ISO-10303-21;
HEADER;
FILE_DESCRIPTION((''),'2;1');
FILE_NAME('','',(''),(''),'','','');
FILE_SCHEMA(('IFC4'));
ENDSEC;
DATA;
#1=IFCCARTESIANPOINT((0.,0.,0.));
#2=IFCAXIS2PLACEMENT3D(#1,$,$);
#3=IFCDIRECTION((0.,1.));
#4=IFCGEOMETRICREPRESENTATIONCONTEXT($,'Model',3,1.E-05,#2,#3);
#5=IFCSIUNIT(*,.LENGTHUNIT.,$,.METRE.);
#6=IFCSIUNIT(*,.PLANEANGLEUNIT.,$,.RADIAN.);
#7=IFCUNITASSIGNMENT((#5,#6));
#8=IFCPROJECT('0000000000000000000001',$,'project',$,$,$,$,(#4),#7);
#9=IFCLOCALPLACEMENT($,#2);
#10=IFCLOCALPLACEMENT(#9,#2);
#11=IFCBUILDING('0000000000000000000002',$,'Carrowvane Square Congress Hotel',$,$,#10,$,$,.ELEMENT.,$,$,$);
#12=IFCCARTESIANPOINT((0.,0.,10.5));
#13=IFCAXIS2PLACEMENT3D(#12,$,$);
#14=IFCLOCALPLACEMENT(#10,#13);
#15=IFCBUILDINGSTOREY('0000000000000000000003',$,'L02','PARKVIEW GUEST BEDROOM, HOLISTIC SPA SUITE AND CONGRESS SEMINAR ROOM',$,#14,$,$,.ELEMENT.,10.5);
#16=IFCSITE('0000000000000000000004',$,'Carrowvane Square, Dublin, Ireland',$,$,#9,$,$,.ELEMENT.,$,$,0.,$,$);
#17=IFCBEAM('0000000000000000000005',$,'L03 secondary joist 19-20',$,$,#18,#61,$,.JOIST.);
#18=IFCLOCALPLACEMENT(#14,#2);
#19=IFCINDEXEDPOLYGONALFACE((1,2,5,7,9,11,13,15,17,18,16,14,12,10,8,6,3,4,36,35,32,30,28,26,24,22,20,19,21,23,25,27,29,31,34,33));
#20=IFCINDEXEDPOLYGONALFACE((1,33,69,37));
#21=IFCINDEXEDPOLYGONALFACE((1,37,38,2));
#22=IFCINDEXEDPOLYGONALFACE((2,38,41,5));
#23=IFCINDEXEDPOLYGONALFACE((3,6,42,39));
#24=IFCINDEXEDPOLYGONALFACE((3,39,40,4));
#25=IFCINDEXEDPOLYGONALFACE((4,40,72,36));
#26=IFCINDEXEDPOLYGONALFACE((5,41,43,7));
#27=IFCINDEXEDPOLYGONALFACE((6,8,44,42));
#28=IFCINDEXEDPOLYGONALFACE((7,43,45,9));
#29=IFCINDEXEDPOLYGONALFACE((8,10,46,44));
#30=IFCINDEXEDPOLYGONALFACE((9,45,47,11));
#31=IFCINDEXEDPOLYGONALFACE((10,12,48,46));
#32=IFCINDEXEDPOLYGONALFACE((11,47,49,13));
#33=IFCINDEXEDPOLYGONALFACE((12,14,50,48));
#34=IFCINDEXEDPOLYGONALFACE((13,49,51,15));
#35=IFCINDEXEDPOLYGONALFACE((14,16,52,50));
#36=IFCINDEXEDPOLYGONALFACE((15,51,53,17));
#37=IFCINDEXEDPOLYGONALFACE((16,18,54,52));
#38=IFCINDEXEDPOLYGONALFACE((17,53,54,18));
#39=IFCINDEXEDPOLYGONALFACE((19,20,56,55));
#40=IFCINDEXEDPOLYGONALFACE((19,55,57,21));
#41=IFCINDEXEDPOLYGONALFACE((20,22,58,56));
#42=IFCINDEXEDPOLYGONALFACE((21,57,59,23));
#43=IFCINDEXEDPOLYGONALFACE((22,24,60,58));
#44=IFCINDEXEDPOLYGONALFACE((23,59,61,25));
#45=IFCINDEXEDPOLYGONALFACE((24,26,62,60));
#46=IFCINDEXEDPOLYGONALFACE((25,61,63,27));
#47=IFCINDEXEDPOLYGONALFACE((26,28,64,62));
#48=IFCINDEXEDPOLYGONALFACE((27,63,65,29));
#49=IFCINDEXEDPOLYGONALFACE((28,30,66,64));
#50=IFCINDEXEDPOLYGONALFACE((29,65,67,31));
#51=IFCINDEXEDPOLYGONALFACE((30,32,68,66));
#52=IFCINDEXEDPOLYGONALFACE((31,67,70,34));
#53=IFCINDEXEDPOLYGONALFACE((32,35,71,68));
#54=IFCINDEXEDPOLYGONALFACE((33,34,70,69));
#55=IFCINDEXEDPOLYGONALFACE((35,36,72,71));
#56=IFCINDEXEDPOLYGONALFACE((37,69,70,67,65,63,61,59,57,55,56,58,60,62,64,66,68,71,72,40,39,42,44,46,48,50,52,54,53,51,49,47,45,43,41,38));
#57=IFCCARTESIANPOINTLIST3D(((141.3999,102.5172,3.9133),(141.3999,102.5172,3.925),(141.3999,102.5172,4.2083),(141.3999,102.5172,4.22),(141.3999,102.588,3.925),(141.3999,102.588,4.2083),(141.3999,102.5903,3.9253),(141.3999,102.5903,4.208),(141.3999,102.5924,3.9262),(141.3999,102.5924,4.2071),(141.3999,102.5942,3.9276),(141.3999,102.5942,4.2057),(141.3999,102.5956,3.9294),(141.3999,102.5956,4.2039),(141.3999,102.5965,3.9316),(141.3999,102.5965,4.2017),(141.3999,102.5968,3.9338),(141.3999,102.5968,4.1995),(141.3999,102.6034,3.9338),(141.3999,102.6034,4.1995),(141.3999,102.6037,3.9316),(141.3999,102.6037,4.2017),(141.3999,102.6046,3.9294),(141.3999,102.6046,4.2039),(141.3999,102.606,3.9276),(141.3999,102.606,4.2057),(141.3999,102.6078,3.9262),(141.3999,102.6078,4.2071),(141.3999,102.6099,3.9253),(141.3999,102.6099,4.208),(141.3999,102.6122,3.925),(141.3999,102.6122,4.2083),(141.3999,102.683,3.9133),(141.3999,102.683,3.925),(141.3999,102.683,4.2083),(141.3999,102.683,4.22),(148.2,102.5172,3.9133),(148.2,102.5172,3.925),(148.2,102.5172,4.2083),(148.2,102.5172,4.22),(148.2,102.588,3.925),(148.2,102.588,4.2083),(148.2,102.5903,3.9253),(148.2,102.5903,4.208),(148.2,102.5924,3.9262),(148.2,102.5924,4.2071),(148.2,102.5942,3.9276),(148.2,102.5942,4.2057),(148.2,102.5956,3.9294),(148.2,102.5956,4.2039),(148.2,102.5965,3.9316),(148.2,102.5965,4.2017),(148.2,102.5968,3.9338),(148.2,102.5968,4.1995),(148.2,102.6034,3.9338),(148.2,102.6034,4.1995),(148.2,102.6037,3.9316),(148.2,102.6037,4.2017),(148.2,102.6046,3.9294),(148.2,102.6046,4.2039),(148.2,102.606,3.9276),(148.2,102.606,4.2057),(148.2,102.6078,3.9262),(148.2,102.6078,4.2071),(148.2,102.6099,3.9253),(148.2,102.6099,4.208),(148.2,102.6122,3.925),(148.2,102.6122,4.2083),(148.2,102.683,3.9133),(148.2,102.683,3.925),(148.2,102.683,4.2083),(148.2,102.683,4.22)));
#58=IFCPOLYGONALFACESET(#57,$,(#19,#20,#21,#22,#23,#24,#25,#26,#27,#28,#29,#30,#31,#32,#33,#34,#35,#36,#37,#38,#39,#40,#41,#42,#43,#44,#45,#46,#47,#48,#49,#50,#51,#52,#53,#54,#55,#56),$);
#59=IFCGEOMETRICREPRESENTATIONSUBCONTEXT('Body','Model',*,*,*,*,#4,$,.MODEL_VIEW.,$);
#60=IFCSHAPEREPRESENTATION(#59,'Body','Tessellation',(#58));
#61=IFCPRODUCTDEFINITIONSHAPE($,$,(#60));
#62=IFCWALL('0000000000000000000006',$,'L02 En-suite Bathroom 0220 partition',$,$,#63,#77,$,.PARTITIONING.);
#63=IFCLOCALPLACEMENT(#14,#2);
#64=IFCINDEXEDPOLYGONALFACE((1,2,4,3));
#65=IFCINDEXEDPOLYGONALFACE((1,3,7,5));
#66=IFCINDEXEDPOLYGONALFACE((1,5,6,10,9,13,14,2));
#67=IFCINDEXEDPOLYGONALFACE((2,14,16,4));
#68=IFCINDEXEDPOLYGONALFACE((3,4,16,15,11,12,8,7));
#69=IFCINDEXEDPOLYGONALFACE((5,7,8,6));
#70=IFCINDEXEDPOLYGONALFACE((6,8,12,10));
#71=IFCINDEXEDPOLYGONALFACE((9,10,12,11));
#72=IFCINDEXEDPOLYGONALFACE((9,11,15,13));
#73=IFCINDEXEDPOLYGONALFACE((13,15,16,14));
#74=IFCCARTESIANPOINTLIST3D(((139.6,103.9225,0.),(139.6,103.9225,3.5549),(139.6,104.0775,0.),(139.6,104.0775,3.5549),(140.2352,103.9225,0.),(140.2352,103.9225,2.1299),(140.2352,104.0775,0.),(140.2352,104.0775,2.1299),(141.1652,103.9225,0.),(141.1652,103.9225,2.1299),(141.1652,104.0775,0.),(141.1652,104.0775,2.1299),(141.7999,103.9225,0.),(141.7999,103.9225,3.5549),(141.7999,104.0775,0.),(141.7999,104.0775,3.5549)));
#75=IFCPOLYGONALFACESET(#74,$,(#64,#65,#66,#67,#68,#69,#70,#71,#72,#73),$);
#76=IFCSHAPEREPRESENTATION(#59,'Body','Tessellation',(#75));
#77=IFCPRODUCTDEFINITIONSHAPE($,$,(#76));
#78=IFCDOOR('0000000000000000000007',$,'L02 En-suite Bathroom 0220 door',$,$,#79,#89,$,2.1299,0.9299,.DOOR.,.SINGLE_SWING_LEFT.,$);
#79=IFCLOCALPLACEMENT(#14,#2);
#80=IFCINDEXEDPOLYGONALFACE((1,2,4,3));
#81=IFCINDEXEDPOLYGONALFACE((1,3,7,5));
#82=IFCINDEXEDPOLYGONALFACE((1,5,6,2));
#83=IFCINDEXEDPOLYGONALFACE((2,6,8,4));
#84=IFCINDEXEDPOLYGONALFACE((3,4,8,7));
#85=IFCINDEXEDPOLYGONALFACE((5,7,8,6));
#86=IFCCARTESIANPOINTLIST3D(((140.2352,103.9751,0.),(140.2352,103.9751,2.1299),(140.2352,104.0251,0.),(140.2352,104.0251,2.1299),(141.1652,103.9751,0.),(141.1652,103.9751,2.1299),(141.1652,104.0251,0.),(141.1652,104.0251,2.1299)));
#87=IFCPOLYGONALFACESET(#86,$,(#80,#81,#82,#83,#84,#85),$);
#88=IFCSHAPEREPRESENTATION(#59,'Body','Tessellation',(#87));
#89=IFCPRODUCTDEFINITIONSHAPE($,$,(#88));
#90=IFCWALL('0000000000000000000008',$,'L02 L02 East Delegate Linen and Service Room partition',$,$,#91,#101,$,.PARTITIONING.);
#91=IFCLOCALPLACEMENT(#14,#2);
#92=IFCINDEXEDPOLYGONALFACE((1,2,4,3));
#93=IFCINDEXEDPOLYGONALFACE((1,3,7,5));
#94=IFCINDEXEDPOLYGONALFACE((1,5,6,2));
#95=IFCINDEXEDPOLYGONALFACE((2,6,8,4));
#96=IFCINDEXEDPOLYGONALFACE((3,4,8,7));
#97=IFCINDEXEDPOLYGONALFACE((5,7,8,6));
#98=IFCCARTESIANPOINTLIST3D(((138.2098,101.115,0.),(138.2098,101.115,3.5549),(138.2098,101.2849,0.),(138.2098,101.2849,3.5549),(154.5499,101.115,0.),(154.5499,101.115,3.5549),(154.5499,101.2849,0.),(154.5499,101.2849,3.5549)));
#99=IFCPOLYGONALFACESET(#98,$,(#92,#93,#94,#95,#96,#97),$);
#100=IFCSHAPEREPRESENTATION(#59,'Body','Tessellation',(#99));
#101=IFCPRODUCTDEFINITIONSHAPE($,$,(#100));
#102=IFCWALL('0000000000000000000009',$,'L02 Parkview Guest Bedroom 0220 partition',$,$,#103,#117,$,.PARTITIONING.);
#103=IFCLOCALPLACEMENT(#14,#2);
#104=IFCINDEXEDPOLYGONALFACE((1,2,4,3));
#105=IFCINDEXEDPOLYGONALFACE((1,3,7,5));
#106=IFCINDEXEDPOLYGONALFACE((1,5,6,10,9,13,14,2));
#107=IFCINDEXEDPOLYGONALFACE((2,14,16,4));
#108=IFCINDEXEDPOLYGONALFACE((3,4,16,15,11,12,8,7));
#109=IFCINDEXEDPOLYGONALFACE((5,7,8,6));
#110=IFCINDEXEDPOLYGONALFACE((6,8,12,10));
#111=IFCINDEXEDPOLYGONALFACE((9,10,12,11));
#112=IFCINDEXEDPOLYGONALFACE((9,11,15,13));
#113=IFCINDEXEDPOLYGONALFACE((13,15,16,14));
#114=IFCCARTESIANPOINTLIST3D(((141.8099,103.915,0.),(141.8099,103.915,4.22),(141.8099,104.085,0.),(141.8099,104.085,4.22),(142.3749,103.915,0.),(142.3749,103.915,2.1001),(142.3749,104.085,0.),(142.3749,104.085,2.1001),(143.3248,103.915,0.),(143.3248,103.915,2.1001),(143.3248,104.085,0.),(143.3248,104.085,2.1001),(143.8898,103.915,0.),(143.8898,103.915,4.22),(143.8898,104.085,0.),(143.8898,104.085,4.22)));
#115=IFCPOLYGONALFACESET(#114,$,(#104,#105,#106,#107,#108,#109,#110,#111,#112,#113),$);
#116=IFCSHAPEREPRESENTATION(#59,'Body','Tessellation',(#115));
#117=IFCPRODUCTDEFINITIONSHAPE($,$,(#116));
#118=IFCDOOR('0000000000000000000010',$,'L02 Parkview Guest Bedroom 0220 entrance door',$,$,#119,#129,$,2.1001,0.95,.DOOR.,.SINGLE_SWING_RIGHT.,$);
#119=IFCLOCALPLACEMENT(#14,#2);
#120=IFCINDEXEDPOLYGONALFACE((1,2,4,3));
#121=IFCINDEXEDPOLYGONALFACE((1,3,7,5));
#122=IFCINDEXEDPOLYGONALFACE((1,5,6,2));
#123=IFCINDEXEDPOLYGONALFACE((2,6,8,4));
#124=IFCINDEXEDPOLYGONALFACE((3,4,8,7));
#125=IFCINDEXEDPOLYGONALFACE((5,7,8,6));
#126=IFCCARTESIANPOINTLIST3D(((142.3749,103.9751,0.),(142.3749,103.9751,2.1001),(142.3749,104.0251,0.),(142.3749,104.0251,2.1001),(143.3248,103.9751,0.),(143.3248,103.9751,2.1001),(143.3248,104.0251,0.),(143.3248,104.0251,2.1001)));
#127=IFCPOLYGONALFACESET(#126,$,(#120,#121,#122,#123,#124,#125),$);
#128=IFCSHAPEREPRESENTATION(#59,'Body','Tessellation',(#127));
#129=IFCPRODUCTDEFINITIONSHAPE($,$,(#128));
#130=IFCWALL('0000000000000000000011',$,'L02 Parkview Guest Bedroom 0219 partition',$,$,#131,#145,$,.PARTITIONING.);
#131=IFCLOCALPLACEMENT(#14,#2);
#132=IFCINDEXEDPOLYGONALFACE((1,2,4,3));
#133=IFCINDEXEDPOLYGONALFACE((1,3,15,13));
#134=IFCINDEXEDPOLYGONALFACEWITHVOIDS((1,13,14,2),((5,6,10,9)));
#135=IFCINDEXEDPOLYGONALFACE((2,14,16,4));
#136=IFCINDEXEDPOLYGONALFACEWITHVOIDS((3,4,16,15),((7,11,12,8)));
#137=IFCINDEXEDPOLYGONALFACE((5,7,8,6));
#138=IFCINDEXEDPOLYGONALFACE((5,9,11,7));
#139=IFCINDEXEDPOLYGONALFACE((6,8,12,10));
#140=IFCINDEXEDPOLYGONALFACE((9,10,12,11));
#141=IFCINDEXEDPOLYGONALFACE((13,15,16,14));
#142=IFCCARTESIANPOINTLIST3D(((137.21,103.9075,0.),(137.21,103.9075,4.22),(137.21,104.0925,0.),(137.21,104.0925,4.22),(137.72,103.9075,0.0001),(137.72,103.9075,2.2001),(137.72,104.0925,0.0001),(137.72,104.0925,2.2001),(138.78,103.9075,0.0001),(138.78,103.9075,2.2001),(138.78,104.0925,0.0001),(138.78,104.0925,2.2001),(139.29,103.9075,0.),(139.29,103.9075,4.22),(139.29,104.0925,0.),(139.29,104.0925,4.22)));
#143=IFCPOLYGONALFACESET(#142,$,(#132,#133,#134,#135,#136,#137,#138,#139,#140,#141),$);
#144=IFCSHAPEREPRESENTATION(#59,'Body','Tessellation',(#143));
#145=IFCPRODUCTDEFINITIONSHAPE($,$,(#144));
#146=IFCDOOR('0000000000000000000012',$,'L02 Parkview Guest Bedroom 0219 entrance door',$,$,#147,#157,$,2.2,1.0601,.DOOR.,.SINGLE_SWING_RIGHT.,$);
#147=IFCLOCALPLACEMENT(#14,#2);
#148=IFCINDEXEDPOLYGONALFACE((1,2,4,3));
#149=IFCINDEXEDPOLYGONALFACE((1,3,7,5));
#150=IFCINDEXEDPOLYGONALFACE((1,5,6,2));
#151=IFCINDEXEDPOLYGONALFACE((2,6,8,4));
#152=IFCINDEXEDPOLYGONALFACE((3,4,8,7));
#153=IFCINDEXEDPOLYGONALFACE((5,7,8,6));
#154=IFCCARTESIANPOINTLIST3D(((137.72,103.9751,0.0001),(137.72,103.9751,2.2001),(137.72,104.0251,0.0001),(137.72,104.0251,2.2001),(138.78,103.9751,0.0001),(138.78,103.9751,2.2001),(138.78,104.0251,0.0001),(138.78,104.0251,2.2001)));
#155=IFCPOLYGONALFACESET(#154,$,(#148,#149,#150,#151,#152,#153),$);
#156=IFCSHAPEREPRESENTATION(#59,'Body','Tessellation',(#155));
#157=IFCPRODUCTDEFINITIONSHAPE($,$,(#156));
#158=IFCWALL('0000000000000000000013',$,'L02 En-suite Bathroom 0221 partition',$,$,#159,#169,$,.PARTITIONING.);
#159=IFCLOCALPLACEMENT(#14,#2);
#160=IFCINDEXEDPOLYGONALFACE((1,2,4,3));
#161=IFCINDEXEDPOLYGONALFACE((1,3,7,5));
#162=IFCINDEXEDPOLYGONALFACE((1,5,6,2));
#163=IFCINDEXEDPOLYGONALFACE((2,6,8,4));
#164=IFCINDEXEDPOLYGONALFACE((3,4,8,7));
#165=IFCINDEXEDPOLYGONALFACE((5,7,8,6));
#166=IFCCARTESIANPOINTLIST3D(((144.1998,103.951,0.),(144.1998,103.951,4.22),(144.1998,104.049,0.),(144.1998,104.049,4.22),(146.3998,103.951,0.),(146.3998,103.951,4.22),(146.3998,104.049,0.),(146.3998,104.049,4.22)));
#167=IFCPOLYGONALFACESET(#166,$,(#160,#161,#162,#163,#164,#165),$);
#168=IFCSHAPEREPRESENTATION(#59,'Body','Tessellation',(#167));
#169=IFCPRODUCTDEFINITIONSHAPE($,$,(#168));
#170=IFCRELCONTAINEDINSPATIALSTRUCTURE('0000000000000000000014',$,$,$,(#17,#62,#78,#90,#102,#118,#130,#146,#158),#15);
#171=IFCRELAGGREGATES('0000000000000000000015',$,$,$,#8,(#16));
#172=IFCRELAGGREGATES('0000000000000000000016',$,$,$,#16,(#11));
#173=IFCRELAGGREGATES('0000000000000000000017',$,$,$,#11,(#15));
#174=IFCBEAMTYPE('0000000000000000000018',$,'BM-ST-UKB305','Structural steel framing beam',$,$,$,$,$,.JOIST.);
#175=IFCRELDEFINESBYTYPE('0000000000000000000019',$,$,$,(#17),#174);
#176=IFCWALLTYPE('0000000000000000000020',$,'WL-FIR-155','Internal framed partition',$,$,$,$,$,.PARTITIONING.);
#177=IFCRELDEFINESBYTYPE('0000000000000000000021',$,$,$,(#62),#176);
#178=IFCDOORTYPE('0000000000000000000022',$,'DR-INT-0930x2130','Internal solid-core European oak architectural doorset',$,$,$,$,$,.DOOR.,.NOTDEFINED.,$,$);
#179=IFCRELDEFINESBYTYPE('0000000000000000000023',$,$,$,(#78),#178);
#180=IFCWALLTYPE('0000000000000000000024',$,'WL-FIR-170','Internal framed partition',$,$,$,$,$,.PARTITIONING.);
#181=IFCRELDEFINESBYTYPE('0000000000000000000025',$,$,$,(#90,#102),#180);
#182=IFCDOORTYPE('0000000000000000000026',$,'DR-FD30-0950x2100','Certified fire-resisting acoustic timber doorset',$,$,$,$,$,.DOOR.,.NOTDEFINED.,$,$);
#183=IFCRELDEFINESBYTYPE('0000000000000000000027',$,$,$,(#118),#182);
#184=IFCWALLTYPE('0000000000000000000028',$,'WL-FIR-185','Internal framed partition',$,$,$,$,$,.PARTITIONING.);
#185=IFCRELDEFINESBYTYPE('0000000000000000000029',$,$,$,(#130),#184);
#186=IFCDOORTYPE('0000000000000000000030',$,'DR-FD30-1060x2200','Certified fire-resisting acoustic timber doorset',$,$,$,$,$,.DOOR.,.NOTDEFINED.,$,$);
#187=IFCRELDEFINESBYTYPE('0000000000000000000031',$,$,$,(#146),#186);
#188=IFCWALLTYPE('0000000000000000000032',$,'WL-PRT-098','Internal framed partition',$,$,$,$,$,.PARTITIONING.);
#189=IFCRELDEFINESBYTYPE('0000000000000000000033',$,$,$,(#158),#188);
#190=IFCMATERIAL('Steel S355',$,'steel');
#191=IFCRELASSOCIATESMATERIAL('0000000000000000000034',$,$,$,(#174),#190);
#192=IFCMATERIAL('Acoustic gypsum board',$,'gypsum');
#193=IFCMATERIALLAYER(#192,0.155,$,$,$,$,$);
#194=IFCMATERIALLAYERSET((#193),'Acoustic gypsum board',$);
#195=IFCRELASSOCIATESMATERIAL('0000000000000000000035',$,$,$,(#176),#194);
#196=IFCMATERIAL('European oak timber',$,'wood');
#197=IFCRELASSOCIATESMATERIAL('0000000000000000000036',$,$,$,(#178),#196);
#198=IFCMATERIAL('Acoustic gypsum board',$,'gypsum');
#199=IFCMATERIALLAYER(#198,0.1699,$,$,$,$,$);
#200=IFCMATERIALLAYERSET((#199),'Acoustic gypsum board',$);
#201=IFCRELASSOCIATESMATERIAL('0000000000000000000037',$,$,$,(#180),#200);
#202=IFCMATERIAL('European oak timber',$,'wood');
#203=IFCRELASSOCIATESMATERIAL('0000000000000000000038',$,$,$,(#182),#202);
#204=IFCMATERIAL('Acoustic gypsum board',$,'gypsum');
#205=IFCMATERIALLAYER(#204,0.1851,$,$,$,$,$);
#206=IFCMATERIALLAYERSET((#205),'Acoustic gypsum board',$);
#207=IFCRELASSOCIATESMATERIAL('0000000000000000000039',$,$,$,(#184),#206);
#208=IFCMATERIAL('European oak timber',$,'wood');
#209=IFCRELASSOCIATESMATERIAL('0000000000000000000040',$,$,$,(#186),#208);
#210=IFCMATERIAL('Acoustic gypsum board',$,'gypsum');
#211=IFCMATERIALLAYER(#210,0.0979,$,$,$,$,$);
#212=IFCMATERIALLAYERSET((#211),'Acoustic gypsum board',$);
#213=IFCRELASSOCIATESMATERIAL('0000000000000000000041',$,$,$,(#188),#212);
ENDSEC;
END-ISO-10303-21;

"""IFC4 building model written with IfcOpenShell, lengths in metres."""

from ifc_helpers import new_model, si_unit, direction, frame, frame_2d, origin, origin_2d, place, context, subcontext, project, spatial, rectangle, i_section, extrude, material, layer, layer_set, material_profile, profile_set, type_object, element, fill, save


model = new_model("IFC4")

# Units and contexts
model_context = context("Model", 3, precision=1e-05, world=origin(), true_north=direction((0.0, 1.0)))
body_context = subcontext(model_context, "Body", "Model", "MODEL_VIEW")
ifc_project = project(units=[si_unit("LENGTHUNIT", "METRE"), si_unit("PLANEANGLEUNIT", "RADIAN")], contexts=[model_context])

# Site, building, storey
site_placement = place(None, origin())
site = spatial("IfcSite", under=ifc_project, at=site_placement, Name="Carrowvane Square, Dublin, Ireland", CompositionType="ELEMENT", RefElevation=0.0)
building_placement = place(site_placement, origin())
building = spatial("IfcBuilding", under=site, at=building_placement, Name="Carrowvane Square Congress Hotel", CompositionType="ELEMENT")
storey_placement = place(building_placement, frame((0.0, 0.0, 10.5)))
storey = spatial("IfcBuildingStorey", under=building, at=storey_placement, Name="L02", Description="PARKVIEW GUEST BEDROOM, HOLISTIC SPA SUITE AND CONGRESS SEMINAR ROOM", CompositionType="ELEMENT", Elevation=10.5)

# Beam
ifc_material_1 = material(Name="Steel S355", Category="steel")
ifc_material_profile_1 = material_profile(ifc_material_1, i_section(OverallWidth=0.1658, OverallDepth=0.3066, WebThickness=0.0066, FlangeThickness=0.0117, FilletRadius=0.0088, at=origin_2d()), Name="UKB 305x165x46")
ifc_profile_set_1 = profile_set([ifc_material_profile_1], Name="Steel S355")
beam_type_1 = type_object("IfcBeamType", Name="BM-ST-UKB305", Description="Structural steel framing beam", PredefinedType="JOIST", material=ifc_profile_set_1)
for number, where, z_axis, x_axis, name in (
    (1, (141.3999, 102.6001, 4.0667), (1.0, 0.0, 0.0), (0.0, 1.0, 0.0), "L03 secondary joist 19-20"),
):
    element("IfcBeam", number, at=place(storey_placement, frame(where, z_axis=z_axis, x_axis=x_axis)), inside=storey, type_object=beam_type_1, Name=name, PredefinedType="JOIST", context=body_context, shape_type="SweptSolid", body=[
        extrude(i_section(OverallWidth=0.1658, OverallDepth=0.3066, WebThickness=0.0066, FlangeThickness=0.0117, FilletRadius=0.0088, at=origin_2d()), origin(), (0.0, 0.0, 1.0), 6.8),
    ])

# Wall, opening, door
ifc_material_2 = material(Name="Acoustic gypsum board", Category="gypsum")
ifc_layer_1 = layer(ifc_material_2, 0.155)
ifc_layer_set_1 = layer_set([ifc_layer_1], Name="Acoustic gypsum board")
wall_type_1 = type_object("IfcWallType", Name="WL-FIR-155", Description="Internal framed partition", PredefinedType="PARTITIONING", material=ifc_layer_set_1)
wall_1_placement = place(storey_placement, frame((141.8, 104.0, 0.0), z_axis=(0.0, 0.0, 1.0), x_axis=(-1.0, 0.0, 0.0)))
wall_1 = element("IfcWall", 2, at=wall_1_placement, inside=storey, type_object=wall_type_1, Name="L02 En-suite Bathroom 0220 partition", PredefinedType="PARTITIONING", context=body_context, shape_type="SweptSolid", body=[
    extrude(rectangle(XDim=2.2, YDim=0.155, at=frame_2d((1.1001, 0.0))), origin(), (0.0, 0.0, 1.0), 3.5549),
])
opening_1_placement = place(wall_1_placement, frame((0.635, 0.0, 0.0)))
opening_1 = element("IfcOpeningElement", 3, at=opening_1_placement, cuts=wall_1, PredefinedType="OPENING", context=body_context, shape_type="SweptSolid", body=[
    extrude(rectangle(XDim=0.9299, YDim=2.1299, at=frame_2d((0.4648, 1.0649))), frame((0.0, 0.0874, 0.0), z_axis=(0.0, -1.0, 0.0), x_axis=(1.0, 0.0, 0.0)), (0.0, 0.0, 1.0), 0.175),
])
ifc_material_3 = material(Name="European oak timber", Category="wood")
door_type_1 = type_object("IfcDoorType", Name="DR-INT-0930x2130", Description="Internal solid-core European oak architectural doorset", OperationType="NOTDEFINED", PredefinedType="DOOR", material=ifc_material_3)
door_1_placement = place(opening_1_placement, origin())
door_1 = element("IfcDoor", 4, at=door_1_placement, inside=storey, type_object=door_type_1, Name="L02 En-suite Bathroom 0220 door", OperationType="SINGLE_SWING_LEFT", OverallHeight=2.1299, OverallWidth=0.9299, PredefinedType="DOOR", context=body_context, shape_type="SweptSolid", body=[
    extrude(rectangle(XDim=0.9299, YDim=2.1299, at=frame_2d((0.4648, 1.0649))), frame((0.0, 0.0249, 0.0), z_axis=(0.0, -1.0, 0.0), x_axis=(1.0, 0.0, 0.0)), (0.0, 0.0, 1.0), 0.05),
])
fill(opening_1, door_1)

# Wall
ifc_material_4 = material(Name="Acoustic gypsum board", Category="gypsum")
ifc_layer_2 = layer(ifc_material_4, 0.1699)
ifc_layer_set_2 = layer_set([ifc_layer_2], Name="Acoustic gypsum board")
wall_type_2 = type_object("IfcWallType", Name="WL-FIR-170", Description="Internal framed partition", PredefinedType="PARTITIONING", material=ifc_layer_set_2)
wall_2_placement = place(storey_placement, frame((138.21, 101.2, 0.0), z_axis=(0.0, 0.0, 1.0), x_axis=(1.0, 0.0, 0.0)))
element("IfcWall", 5, at=wall_2_placement, inside=storey, type_object=wall_type_2, Name="L02 L02 East Delegate Linen and Service Room partition", PredefinedType="PARTITIONING", context=body_context, shape_type="SweptSolid", body=[
    extrude(rectangle(XDim=16.3401, YDim=0.1699, at=frame_2d((8.1699, 0.0))), origin(), (0.0, 0.0, 1.0), 3.5549),
])

# Walls, openings, doors
wall_3_placement = place(storey_placement, frame((143.8899, 104.0, 0.0), z_axis=(0.0, 0.0, 1.0), x_axis=(-1.0, 0.0, 0.0)))
wall_3 = element("IfcWall", 6, at=wall_3_placement, inside=storey, type_object=wall_type_2, Name="L02 Parkview Guest Bedroom 0220 partition", PredefinedType="PARTITIONING", context=body_context, shape_type="SweptSolid", body=[
    extrude(rectangle(XDim=2.0798, YDim=0.1699, at=frame_2d((1.04, 0.0))), origin(), (0.0, 0.0, 1.0), 4.22),
])
opening_2_placement = place(wall_3_placement, frame((0.5649, 0.0, 0.0)))
opening_2 = element("IfcOpeningElement", 7, at=opening_2_placement, cuts=wall_3, PredefinedType="OPENING", context=body_context, shape_type="SweptSolid", body=[
    extrude(rectangle(XDim=0.95, YDim=2.1001, at=frame_2d((0.4751, 1.05))), frame((0.0, 0.095, 0.0), z_axis=(0.0, -1.0, 0.0), x_axis=(1.0, 0.0, 0.0)), (0.0, 0.0, 1.0), 0.1899),
])
ifc_material_5 = material(Name="European oak timber", Category="wood")
door_type_2 = type_object("IfcDoorType", Name="DR-FD30-0950x2100", Description="Certified fire-resisting acoustic timber doorset", OperationType="NOTDEFINED", PredefinedType="DOOR", material=ifc_material_5)
door_2_placement = place(opening_2_placement, origin())
door_2 = element("IfcDoor", 8, at=door_2_placement, inside=storey, type_object=door_type_2, Name="L02 Parkview Guest Bedroom 0220 entrance door", OperationType="SINGLE_SWING_RIGHT", OverallHeight=2.1001, OverallWidth=0.95, PredefinedType="DOOR", context=body_context, shape_type="SweptSolid", body=[
    extrude(rectangle(XDim=0.95, YDim=2.1001, at=frame_2d((0.4751, 1.05))), frame((0.0, 0.0249, 0.0), z_axis=(0.0, -1.0, 0.0), x_axis=(1.0, 0.0, 0.0)), (0.0, 0.0, 1.0), 0.05),
])
fill(opening_2, door_2)
ifc_material_6 = material(Name="Acoustic gypsum board", Category="gypsum")
ifc_layer_3 = layer(ifc_material_6, 0.1851)
ifc_layer_set_3 = layer_set([ifc_layer_3], Name="Acoustic gypsum board")
wall_type_3 = type_object("IfcWallType", Name="WL-FIR-185", Description="Internal framed partition", PredefinedType="PARTITIONING", material=ifc_layer_set_3)
wall_4_placement = place(storey_placement, frame((139.29, 104.0, 0.0), z_axis=(0.0, 0.0, 1.0), x_axis=(-1.0, 0.0, 0.0)))
wall_4 = element("IfcWall", 9, at=wall_4_placement, inside=storey, type_object=wall_type_3, Name="L02 Parkview Guest Bedroom 0219 partition", PredefinedType="PARTITIONING", context=body_context, shape_type="SweptSolid", body=[
    extrude(rectangle(XDim=2.0801, YDim=0.1851, at=frame_2d((1.04, 0.0))), origin(), (0.0, 0.0, 1.0), 4.22),
])
opening_3_placement = place(wall_4_placement, frame((0.51, 0.0, 0.0)))
opening_3 = element("IfcOpeningElement", 10, at=opening_3_placement, cuts=wall_4, PredefinedType="OPENING", context=body_context, shape_type="SweptSolid", body=[
    extrude(rectangle(XDim=1.0601, YDim=2.2, at=frame_2d((0.53, 1.1001))), frame((0.0, 0.1025, 0.0), z_axis=(0.0, -1.0, 0.0), x_axis=(1.0, 0.0, 0.0)), (0.0, 0.0, 1.0), 0.2051),
])
ifc_material_7 = material(Name="European oak timber", Category="wood")
door_type_3 = type_object("IfcDoorType", Name="DR-FD30-1060x2200", Description="Certified fire-resisting acoustic timber doorset", OperationType="NOTDEFINED", PredefinedType="DOOR", material=ifc_material_7)
door_3_placement = place(opening_3_placement, origin())
door_3 = element("IfcDoor", 11, at=door_3_placement, inside=storey, type_object=door_type_3, Name="L02 Parkview Guest Bedroom 0219 entrance door", OperationType="SINGLE_SWING_RIGHT", OverallHeight=2.2, OverallWidth=1.0601, PredefinedType="DOOR", context=body_context, shape_type="SweptSolid", body=[
    extrude(rectangle(XDim=1.0601, YDim=2.2, at=frame_2d((0.53, 1.1001))), frame((0.0, 0.0249, 0.0), z_axis=(0.0, -1.0, 0.0), x_axis=(1.0, 0.0, 0.0)), (0.0, 0.0, 1.0), 0.05),
])
fill(opening_3, door_3)

# Wall
ifc_material_8 = material(Name="Acoustic gypsum board", Category="gypsum")
ifc_layer_4 = layer(ifc_material_8, 0.0979)
ifc_layer_set_4 = layer_set([ifc_layer_4], Name="Acoustic gypsum board")
wall_type_4 = type_object("IfcWallType", Name="WL-PRT-098", Description="Internal framed partition", PredefinedType="PARTITIONING", material=ifc_layer_set_4)
wall_5_placement = place(storey_placement, frame((146.3999, 104.0, 0.0), z_axis=(0.0, 0.0, 1.0), x_axis=(-1.0, 0.0, 0.0)))
element("IfcWall", 12, at=wall_5_placement, inside=storey, type_object=wall_type_4, Name="L02 En-suite Bathroom 0221 partition", PredefinedType="PARTITIONING", context=body_context, shape_type="SweptSolid", body=[
    extrude(rectangle(XDim=2.2, YDim=0.0979, at=frame_2d((1.1001, 0.0))), origin(), (0.0, 0.0, 1.0), 4.22),
])

save(model, "model.ifc")
